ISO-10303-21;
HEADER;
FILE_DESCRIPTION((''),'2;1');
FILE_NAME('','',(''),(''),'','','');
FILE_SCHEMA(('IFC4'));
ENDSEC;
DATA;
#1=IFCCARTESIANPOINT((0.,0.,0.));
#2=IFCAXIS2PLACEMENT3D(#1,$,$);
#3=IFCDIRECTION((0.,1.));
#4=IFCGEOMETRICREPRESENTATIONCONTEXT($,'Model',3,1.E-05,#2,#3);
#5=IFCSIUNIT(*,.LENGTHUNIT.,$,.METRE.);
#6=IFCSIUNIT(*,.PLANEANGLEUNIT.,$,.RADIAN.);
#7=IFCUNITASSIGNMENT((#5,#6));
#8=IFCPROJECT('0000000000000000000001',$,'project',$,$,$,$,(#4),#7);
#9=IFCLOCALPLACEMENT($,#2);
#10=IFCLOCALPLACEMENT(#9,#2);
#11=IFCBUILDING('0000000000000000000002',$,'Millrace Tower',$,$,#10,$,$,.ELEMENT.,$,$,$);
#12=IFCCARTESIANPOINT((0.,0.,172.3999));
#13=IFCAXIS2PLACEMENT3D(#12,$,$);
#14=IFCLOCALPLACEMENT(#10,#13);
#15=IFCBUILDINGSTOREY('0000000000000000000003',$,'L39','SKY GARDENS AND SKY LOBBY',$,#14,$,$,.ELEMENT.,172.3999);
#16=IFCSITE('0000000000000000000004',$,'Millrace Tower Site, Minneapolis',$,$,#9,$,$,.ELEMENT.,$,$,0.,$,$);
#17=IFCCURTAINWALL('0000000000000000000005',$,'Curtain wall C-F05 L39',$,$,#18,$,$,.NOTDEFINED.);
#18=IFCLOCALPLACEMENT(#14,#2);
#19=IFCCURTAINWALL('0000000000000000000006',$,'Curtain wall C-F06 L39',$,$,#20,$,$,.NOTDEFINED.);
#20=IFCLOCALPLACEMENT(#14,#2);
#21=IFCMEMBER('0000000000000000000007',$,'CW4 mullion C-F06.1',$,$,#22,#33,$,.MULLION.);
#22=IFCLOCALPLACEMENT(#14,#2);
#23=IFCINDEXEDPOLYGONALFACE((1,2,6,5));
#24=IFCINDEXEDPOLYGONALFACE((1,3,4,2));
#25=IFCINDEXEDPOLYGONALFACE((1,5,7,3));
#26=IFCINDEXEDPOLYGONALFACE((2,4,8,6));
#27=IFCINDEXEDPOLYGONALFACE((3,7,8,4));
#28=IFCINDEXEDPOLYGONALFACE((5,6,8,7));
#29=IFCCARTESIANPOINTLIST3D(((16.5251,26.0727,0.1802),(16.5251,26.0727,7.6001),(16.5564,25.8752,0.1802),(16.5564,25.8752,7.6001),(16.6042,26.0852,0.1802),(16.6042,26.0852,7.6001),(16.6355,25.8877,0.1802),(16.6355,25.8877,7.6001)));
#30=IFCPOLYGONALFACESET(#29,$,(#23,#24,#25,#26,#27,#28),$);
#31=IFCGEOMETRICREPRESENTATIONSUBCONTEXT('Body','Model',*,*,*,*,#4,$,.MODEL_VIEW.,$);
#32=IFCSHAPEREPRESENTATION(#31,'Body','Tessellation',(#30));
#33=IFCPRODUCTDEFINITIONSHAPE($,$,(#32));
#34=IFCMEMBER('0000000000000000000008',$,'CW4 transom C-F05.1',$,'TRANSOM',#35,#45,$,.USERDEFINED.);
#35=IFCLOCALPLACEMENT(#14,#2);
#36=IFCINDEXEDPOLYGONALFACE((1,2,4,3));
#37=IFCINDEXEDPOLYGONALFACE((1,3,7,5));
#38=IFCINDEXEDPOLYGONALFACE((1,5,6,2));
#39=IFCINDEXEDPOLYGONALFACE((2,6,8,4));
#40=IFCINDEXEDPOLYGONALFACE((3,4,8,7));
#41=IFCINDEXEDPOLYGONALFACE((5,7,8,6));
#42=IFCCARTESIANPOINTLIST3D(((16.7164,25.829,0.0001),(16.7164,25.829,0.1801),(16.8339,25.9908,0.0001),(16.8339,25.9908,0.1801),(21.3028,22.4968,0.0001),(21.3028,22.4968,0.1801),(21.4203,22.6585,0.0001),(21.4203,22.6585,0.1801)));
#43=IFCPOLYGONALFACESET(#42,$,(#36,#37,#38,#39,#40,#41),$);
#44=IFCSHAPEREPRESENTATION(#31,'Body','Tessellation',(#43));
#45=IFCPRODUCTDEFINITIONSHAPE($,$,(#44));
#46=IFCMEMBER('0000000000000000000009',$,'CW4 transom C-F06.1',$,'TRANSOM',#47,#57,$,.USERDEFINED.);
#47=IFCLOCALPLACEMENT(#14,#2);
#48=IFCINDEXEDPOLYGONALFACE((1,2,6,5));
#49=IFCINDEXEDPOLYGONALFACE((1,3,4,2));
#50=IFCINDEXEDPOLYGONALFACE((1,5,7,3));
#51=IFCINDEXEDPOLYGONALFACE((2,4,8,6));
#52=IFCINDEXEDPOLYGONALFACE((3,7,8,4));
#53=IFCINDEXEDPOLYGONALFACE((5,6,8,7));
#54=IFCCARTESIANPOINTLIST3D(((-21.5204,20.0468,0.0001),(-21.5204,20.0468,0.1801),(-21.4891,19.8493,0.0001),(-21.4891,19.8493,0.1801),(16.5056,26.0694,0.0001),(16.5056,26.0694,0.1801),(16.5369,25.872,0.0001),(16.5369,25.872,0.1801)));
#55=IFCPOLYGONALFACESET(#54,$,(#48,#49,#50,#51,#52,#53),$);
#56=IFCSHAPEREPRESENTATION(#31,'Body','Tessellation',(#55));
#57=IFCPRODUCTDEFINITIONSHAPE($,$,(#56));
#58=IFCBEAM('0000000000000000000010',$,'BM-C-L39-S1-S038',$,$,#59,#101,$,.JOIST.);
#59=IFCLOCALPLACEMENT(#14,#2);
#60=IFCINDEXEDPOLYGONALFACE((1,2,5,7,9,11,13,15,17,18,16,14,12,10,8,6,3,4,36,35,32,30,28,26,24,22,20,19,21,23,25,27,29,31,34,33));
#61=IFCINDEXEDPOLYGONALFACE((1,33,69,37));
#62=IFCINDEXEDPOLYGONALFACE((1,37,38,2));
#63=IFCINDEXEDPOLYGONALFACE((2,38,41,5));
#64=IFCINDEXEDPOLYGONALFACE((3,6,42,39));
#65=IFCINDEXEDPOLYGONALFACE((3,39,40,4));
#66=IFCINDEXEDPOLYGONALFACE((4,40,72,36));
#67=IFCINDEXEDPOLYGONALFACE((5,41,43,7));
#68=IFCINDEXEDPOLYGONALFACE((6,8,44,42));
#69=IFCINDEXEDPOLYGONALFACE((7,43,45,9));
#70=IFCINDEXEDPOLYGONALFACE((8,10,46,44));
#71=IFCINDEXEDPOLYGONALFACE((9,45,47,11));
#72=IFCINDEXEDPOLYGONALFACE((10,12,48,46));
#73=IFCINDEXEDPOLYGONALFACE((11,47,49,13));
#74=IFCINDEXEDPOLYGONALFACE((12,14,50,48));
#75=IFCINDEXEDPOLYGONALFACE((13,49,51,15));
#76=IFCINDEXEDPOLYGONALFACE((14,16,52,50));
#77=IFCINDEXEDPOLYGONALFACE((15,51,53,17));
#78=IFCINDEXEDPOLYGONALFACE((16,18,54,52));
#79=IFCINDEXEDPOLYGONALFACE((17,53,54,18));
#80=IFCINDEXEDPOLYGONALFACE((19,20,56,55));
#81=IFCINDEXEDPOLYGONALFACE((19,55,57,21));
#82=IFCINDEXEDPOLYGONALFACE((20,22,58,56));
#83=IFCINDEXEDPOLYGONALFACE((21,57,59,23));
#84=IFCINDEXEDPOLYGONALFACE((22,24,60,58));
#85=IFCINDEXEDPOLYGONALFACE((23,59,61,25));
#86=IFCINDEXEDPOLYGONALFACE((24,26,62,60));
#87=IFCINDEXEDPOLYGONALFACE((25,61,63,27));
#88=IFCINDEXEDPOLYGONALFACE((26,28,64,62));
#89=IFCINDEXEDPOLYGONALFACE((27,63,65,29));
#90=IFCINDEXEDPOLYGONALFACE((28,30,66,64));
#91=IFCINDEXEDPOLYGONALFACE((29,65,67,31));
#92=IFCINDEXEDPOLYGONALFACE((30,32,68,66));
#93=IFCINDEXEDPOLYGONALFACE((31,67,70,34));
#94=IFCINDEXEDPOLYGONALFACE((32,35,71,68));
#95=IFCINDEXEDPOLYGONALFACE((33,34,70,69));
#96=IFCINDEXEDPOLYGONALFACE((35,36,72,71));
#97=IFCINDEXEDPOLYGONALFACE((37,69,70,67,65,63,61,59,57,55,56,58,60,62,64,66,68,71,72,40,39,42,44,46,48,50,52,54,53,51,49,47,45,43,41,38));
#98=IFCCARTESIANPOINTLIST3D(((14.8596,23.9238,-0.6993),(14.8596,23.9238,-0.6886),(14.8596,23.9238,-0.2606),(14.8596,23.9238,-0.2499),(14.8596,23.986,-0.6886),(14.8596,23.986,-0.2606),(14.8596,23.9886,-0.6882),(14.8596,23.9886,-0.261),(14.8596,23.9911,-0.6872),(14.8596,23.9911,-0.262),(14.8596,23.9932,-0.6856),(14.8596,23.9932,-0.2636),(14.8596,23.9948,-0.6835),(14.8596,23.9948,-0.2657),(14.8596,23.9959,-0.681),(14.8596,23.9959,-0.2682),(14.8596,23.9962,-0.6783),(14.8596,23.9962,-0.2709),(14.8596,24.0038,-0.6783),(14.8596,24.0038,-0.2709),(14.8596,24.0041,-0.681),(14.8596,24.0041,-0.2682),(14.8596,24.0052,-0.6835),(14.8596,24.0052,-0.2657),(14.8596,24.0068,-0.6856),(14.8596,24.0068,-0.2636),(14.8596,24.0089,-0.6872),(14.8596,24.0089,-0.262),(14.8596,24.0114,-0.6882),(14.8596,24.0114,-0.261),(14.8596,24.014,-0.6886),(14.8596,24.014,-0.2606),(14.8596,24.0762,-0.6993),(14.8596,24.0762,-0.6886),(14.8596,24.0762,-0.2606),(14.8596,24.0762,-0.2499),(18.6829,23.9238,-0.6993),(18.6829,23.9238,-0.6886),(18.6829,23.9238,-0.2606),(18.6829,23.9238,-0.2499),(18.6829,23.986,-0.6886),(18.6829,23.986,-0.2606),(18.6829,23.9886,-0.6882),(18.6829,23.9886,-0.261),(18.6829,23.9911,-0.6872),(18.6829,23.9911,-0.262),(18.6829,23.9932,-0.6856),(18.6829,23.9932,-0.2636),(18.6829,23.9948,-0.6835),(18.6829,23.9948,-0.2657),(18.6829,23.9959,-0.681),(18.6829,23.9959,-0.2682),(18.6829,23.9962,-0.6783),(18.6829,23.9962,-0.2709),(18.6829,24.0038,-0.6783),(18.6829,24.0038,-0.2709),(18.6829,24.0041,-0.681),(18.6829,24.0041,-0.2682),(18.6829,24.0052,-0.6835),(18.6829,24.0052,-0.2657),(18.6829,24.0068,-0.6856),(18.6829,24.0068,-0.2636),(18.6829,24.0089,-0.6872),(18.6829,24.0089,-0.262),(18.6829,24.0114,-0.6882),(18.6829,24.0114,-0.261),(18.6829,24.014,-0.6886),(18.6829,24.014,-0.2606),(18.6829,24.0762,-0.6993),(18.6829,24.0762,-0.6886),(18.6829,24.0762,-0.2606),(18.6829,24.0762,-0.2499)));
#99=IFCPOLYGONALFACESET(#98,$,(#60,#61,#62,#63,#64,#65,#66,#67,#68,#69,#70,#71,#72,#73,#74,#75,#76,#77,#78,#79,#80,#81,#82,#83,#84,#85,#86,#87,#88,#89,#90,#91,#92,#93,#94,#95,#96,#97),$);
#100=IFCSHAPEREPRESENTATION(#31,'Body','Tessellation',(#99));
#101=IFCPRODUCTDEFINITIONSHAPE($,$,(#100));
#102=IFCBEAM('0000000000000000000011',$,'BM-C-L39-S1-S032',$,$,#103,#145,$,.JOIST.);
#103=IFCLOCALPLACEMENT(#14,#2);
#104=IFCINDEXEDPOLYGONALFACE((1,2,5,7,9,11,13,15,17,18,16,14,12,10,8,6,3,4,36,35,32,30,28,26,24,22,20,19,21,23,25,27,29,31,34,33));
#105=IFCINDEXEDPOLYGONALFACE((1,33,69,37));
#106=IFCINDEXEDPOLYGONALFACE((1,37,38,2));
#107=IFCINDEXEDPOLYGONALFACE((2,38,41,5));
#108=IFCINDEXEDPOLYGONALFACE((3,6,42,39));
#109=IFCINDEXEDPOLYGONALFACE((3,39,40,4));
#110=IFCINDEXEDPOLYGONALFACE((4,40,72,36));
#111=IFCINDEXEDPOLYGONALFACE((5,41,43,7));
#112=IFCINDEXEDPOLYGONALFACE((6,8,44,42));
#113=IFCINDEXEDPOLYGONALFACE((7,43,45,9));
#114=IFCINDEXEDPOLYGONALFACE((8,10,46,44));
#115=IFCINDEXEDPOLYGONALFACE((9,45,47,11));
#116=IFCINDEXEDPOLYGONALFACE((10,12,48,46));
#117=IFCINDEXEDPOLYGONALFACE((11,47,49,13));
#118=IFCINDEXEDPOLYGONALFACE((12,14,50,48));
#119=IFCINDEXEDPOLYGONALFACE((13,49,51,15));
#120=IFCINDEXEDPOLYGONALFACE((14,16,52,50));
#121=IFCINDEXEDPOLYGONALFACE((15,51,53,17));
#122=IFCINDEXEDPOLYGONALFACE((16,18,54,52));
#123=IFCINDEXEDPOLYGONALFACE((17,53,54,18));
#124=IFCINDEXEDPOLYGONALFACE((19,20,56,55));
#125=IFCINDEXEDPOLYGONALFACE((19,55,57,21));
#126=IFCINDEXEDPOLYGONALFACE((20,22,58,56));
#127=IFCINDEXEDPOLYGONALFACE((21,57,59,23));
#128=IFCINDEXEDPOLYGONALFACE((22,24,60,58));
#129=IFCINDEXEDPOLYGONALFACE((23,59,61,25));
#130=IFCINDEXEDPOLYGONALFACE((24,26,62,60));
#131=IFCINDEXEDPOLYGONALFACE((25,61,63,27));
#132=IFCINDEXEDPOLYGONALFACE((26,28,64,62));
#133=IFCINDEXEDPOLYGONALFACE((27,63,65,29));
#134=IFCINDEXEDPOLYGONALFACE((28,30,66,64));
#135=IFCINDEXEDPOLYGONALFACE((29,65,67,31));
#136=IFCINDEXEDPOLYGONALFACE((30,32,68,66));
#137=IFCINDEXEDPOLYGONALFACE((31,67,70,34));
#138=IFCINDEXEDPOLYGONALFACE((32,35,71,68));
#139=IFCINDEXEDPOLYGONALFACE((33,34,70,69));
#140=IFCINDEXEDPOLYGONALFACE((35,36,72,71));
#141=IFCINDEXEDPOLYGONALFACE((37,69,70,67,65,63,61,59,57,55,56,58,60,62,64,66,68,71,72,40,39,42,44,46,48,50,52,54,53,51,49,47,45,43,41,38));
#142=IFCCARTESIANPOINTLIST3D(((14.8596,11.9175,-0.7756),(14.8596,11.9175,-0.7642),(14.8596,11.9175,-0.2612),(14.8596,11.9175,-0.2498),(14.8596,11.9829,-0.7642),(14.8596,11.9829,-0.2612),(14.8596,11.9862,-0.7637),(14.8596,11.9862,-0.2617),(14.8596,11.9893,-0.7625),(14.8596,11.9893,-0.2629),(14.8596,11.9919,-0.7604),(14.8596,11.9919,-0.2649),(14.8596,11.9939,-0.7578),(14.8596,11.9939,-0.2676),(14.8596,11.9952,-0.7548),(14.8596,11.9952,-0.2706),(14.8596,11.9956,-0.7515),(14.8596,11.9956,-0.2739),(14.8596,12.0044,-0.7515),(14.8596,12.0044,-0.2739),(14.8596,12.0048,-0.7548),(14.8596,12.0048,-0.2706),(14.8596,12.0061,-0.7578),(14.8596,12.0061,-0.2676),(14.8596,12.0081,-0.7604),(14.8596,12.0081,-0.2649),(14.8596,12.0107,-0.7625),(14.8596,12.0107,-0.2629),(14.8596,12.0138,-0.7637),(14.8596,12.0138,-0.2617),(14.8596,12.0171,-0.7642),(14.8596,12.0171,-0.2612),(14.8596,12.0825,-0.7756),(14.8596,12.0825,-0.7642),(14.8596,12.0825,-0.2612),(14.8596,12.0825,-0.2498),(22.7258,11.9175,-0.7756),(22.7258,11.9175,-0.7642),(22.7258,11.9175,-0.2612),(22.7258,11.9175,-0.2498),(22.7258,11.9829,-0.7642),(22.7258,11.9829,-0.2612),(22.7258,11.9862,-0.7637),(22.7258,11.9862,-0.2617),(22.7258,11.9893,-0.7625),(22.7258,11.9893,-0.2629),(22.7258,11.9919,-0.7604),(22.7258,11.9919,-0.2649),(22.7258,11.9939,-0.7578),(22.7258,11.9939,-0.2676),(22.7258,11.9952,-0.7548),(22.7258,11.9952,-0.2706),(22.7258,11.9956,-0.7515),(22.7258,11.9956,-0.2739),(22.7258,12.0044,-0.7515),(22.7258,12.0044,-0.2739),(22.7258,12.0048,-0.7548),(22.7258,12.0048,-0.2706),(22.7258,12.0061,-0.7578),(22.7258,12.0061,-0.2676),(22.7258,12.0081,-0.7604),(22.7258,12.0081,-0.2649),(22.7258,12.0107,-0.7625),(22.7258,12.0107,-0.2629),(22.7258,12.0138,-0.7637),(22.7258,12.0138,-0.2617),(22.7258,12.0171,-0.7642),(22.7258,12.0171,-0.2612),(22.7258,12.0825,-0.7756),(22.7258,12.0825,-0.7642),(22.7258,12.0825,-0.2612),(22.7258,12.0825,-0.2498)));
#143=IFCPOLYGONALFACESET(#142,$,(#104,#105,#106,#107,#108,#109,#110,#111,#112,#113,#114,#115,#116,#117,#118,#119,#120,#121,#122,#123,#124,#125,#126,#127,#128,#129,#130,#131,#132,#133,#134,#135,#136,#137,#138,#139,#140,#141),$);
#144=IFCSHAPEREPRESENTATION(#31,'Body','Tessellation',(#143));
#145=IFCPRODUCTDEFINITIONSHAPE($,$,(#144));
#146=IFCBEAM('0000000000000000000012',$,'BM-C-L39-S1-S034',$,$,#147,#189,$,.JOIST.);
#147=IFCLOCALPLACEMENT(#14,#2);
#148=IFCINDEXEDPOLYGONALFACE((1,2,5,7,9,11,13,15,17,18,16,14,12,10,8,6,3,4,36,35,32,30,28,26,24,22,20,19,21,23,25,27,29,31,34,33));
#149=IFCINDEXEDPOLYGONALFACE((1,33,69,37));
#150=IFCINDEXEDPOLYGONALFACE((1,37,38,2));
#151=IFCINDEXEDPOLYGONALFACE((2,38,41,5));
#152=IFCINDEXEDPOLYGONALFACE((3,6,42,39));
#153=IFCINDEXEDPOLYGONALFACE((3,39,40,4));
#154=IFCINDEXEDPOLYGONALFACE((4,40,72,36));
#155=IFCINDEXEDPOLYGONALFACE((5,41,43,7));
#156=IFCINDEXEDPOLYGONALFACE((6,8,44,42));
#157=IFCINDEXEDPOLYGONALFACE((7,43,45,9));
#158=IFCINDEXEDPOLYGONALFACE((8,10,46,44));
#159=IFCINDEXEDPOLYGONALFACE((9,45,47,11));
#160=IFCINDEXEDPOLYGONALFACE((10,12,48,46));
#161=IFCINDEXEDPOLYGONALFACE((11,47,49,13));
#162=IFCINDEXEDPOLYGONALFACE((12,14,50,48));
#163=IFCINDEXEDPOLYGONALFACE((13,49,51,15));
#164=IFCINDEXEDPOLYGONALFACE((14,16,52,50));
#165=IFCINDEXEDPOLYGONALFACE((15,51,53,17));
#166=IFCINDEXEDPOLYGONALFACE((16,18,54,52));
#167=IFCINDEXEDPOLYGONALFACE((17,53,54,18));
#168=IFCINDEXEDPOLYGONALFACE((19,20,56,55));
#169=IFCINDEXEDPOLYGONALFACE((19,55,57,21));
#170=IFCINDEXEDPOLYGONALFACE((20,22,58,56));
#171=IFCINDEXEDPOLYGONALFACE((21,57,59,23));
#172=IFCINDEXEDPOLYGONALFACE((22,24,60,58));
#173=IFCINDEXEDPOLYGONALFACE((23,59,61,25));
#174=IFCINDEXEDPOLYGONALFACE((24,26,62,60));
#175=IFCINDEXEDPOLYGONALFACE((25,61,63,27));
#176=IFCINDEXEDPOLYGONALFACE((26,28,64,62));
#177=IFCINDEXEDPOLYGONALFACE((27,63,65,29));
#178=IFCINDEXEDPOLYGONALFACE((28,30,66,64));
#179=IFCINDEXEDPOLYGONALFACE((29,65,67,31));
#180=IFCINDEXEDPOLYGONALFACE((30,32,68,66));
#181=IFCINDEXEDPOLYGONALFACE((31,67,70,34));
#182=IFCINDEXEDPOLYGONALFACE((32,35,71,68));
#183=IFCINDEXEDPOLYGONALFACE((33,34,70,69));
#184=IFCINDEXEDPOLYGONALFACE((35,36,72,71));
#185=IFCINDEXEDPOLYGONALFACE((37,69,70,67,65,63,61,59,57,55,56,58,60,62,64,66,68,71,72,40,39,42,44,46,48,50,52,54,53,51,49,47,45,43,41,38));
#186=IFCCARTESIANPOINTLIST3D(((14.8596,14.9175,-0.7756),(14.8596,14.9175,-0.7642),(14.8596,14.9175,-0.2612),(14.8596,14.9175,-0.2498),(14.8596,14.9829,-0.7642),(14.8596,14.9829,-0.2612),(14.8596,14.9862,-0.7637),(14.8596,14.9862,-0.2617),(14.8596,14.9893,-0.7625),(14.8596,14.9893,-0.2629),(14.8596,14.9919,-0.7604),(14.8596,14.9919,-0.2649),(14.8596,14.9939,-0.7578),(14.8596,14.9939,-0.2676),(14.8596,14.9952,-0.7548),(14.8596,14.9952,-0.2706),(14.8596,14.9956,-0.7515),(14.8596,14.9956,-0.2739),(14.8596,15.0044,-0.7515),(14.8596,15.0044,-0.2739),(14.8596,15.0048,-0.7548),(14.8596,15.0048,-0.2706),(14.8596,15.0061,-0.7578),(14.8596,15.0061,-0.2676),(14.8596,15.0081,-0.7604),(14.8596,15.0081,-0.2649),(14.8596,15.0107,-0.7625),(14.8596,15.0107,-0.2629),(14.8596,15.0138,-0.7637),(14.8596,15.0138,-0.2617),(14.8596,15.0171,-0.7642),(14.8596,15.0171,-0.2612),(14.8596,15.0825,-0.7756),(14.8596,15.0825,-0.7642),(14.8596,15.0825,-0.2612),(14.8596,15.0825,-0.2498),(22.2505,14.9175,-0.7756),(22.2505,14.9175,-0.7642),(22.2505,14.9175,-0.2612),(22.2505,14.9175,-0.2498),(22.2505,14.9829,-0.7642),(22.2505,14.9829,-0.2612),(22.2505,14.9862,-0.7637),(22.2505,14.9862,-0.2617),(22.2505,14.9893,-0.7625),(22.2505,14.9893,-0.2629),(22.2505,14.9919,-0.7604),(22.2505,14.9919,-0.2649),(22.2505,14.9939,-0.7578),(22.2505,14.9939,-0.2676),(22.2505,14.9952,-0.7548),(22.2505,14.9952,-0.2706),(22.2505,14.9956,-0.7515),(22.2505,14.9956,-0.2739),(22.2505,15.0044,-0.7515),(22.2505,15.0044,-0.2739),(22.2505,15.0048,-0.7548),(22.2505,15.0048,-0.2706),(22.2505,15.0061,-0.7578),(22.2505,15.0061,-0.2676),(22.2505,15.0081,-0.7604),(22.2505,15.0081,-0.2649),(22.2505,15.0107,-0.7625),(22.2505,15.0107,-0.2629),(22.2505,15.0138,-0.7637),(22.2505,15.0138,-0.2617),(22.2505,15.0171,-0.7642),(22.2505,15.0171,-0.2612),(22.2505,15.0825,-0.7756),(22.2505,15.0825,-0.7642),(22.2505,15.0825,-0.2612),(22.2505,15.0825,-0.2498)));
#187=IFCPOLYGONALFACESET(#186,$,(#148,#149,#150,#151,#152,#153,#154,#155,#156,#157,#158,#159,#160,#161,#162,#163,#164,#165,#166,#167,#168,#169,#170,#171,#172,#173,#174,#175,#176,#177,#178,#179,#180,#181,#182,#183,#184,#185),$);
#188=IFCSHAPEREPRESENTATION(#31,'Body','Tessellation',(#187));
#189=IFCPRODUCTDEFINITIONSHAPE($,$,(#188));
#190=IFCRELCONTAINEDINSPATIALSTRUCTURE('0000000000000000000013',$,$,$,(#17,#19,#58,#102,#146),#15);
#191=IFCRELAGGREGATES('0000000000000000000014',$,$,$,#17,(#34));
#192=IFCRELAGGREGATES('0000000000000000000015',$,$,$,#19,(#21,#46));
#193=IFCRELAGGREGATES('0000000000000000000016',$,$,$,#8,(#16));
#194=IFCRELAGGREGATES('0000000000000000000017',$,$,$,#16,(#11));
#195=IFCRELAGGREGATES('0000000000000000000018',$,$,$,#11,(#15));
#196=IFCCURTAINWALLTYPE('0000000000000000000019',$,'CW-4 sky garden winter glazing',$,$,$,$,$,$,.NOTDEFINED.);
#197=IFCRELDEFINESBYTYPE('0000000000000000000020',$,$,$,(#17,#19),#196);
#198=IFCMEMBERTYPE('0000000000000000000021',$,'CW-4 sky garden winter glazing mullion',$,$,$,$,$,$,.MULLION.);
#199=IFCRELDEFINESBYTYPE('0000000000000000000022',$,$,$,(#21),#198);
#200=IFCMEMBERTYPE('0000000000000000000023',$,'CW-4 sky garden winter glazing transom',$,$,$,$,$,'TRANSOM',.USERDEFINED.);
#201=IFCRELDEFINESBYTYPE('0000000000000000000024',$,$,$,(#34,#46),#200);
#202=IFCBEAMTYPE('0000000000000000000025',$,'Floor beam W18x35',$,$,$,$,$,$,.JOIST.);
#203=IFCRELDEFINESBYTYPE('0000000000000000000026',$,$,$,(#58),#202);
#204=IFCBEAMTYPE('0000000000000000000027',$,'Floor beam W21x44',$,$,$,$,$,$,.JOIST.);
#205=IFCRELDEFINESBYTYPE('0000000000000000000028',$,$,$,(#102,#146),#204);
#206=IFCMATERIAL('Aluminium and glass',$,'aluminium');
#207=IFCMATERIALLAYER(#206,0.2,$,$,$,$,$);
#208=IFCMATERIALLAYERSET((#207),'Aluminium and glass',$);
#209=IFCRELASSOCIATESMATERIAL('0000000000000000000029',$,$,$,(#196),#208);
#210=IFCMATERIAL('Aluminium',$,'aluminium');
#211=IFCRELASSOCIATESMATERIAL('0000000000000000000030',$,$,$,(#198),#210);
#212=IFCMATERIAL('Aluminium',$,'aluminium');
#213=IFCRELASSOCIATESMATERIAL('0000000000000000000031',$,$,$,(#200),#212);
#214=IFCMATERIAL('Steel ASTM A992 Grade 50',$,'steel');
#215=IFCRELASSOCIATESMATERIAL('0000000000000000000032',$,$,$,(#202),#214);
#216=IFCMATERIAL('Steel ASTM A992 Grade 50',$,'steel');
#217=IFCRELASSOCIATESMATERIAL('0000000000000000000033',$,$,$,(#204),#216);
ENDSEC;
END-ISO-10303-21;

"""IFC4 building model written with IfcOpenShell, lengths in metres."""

from ifc_helpers import new_model, si_unit, direction, frame, origin, origin_2d, place, context, subcontext, project, spatial, rectangle, i_section, extrude, material, layer, layer_set, material_profile, profile_set, type_object, element, aggregate, save


model = new_model("IFC4")

# Units and contexts
model_context = context("Model", 3, precision=1e-05, world=origin(), true_north=direction((0.0, 1.0)))
body_context = subcontext(model_context, "Body", "Model", "MODEL_VIEW")
ifc_project = project(units=[si_unit("LENGTHUNIT", "METRE"), si_unit("PLANEANGLEUNIT", "RADIAN")], contexts=[model_context])

# Site, building, storey
site_placement = place(None, origin())
site = spatial("IfcSite", under=ifc_project, at=site_placement, Name="Millrace Tower Site, Minneapolis", CompositionType="ELEMENT", RefElevation=0.0)
building_placement = place(site_placement, origin())
building = spatial("IfcBuilding", under=site, at=building_placement, Name="Millrace Tower", CompositionType="ELEMENT")
storey_placement = place(building_placement, frame((0.0, 0.0, 172.3999)))
storey = spatial("IfcBuildingStorey", under=building, at=storey_placement, Name="L39", Description="SKY GARDENS AND SKY LOBBY", CompositionType="ELEMENT", Elevation=172.3999)

# Shared definitions
ifc_material_1 = material(Name="Aluminium and glass", Category="aluminium")
ifc_layer_1 = layer(ifc_material_1, 0.2)
ifc_layer_set_1 = layer_set([ifc_layer_1], Name="Aluminium and glass")
curtain_wall_type = type_object("IfcCurtainWallType", Name="CW-4 sky garden winter glazing", PredefinedType="NOTDEFINED", material=ifc_layer_set_1)
placement = place(storey_placement, origin())
ifc_material_2 = material(Name="Aluminium", Category="aluminium")
ifc_material_profile_1 = material_profile(ifc_material_2, rectangle(XDim=0.0801, YDim=0.2, at=origin_2d()))
ifc_profile_set_1 = profile_set([ifc_material_profile_1], Name="Aluminium")
member_type_1 = type_object("IfcMemberType", Name="CW-4 sky garden winter glazing mullion", PredefinedType="MULLION", material=ifc_profile_set_1)

# Curtain walls, member
curtain_wall_1 = element("IfcCurtainWall", 1, at=placement, inside=storey, type_object=curtain_wall_type, Name="Curtain wall C-F05 L39", PredefinedType="NOTDEFINED")
curtain_wall_2 = element("IfcCurtainWall", 2, at=placement, inside=storey, type_object=curtain_wall_type, Name="Curtain wall C-F06 L39", PredefinedType="NOTDEFINED")
member_1_placement = place(storey_placement, frame((16.5803, 25.9802, 0.1802), z_axis=(0.0, 0.0, 1.0), x_axis=(-0.987688, -0.156434, 0.0)))
member_1 = element("IfcMember", 3, at=member_1_placement, type_object=member_type_1, Name="CW4 mullion C-F06.1", PredefinedType="MULLION", context=body_context, shape_type="SweptSolid", body=[
    extrude(rectangle(XDim=0.0801, YDim=0.2, at=origin_2d()), origin(), (0.0, 0.0, 1.0), 7.4199),
])

# Members
ifc_material_3 = material(Name="Aluminium", Category="aluminium")
ifc_material_profile_2 = material_profile(ifc_material_3, rectangle(XDim=0.2, YDim=0.1799, at=origin_2d()))
ifc_profile_set_2 = profile_set([ifc_material_profile_2], Name="Aluminium")
member_type_2 = type_object("IfcMemberType", Name="CW-4 sky garden winter glazing transom", ElementType="TRANSOM", PredefinedType="USERDEFINED", material=ifc_profile_set_2)
member_2_placement = place(storey_placement, frame((21.3616, 22.5776, 0.0901), z_axis=(-0.809013, 0.58779, 0.0), x_axis=(-0.58779, -0.809013, 0.0)))
member_2 = element("IfcMember", 4, at=member_2_placement, type_object=member_type_2, Name="CW4 transom C-F05.1", ObjectType="TRANSOM", PredefinedType="USERDEFINED", context=body_context, shape_type="SweptSolid", body=[
    extrude(rectangle(XDim=0.2, YDim=0.1799, at=origin_2d()), origin(), (0.0, 0.0, 1.0), 5.6692),
])
aggregate(curtain_wall_1, [member_2])
member_3_placement = place(storey_placement, frame((16.5212, 25.9707, 0.0901), z_axis=(-0.987689, -0.156433, 0.0), x_axis=(0.156433, -0.987689, 0.0)))
member_3 = element("IfcMember", 5, at=member_3_placement, type_object=member_type_2, Name="CW4 transom C-F06.1", ObjectType="TRANSOM", PredefinedType="USERDEFINED", context=body_context, shape_type="SweptSolid", body=[
    extrude(rectangle(XDim=0.2, YDim=0.1799, at=origin_2d()), origin(), (0.0, 0.0, 1.0), 38.5),
])
aggregate(curtain_wall_2, [member_1, member_3])

# Beams
ifc_material_4 = material(Name="Steel ASTM A992 Grade 50", Category="steel")
ifc_material_profile_3 = material_profile(ifc_material_4, i_section(OverallWidth=0.1523, OverallDepth=0.4495, WebThickness=0.0076, FlangeThickness=0.0107, FilletRadius=0.0103, at=origin_2d()))
ifc_profile_set_3 = profile_set([ifc_material_profile_3], Name="Steel ASTM A992 Grade 50")
beam_type_1 = type_object("IfcBeamType", Name="Floor beam W18x35", PredefinedType="JOIST", material=ifc_profile_set_3)
beam_1_placement = place(storey_placement, frame((14.8596, 24.0, -0.4746), z_axis=(1.0, 0.0, 0.0), x_axis=(0.0, 1.0, 0.0)))
element("IfcBeam", 6, at=beam_1_placement, inside=storey, type_object=beam_type_1, Name="BM-C-L39-S1-S038", PredefinedType="JOIST", context=body_context, shape_type="SweptSolid", body=[
    extrude(i_section(OverallWidth=0.1523, OverallDepth=0.4495, WebThickness=0.0076, FlangeThickness=0.0107, FilletRadius=0.0103, at=origin_2d()), origin(), (0.0, 0.0, 1.0), 3.8232),
])
ifc_material_5 = material(Name="Steel ASTM A992 Grade 50", Category="steel")
ifc_material_profile_4 = material_profile(ifc_material_5, i_section(OverallWidth=0.165, OverallDepth=0.5259, WebThickness=0.0088, FlangeThickness=0.0115, FilletRadius=0.0127, at=origin_2d()))
ifc_profile_set_4 = profile_set([ifc_material_profile_4], Name="Steel ASTM A992 Grade 50")
beam_type_2 = type_object("IfcBeamType", Name="Floor beam W21x44", PredefinedType="JOIST", material=ifc_profile_set_4)
beam_2_placement = place(storey_placement, frame((14.8596, 12.0, -0.5127), z_axis=(1.0, 0.0, 0.0), x_axis=(0.0, 1.0, 0.0)))
element("IfcBeam", 7, at=beam_2_placement, inside=storey, type_object=beam_type_2, Name="BM-C-L39-S1-S032", PredefinedType="JOIST", context=body_context, shape_type="SweptSolid", body=[
    extrude(i_section(OverallWidth=0.165, OverallDepth=0.5259, WebThickness=0.0088, FlangeThickness=0.0115, FilletRadius=0.0127, at=origin_2d()), origin(), (0.0, 0.0, 1.0), 7.8662),
])
beam_3_placement = place(storey_placement, frame((14.8596, 15.0, -0.5127), z_axis=(1.0, 0.0, 0.0), x_axis=(0.0, 1.0, 0.0)))
element("IfcBeam", 8, at=beam_3_placement, inside=storey, type_object=beam_type_2, Name="BM-C-L39-S1-S034", PredefinedType="JOIST", context=body_context, shape_type="SweptSolid", body=[
    extrude(i_section(OverallWidth=0.165, OverallDepth=0.5259, WebThickness=0.0088, FlangeThickness=0.0115, FilletRadius=0.0127, at=origin_2d()), origin(), (0.0, 0.0, 1.0), 7.3909),
])

save(model, "model.ifc")
